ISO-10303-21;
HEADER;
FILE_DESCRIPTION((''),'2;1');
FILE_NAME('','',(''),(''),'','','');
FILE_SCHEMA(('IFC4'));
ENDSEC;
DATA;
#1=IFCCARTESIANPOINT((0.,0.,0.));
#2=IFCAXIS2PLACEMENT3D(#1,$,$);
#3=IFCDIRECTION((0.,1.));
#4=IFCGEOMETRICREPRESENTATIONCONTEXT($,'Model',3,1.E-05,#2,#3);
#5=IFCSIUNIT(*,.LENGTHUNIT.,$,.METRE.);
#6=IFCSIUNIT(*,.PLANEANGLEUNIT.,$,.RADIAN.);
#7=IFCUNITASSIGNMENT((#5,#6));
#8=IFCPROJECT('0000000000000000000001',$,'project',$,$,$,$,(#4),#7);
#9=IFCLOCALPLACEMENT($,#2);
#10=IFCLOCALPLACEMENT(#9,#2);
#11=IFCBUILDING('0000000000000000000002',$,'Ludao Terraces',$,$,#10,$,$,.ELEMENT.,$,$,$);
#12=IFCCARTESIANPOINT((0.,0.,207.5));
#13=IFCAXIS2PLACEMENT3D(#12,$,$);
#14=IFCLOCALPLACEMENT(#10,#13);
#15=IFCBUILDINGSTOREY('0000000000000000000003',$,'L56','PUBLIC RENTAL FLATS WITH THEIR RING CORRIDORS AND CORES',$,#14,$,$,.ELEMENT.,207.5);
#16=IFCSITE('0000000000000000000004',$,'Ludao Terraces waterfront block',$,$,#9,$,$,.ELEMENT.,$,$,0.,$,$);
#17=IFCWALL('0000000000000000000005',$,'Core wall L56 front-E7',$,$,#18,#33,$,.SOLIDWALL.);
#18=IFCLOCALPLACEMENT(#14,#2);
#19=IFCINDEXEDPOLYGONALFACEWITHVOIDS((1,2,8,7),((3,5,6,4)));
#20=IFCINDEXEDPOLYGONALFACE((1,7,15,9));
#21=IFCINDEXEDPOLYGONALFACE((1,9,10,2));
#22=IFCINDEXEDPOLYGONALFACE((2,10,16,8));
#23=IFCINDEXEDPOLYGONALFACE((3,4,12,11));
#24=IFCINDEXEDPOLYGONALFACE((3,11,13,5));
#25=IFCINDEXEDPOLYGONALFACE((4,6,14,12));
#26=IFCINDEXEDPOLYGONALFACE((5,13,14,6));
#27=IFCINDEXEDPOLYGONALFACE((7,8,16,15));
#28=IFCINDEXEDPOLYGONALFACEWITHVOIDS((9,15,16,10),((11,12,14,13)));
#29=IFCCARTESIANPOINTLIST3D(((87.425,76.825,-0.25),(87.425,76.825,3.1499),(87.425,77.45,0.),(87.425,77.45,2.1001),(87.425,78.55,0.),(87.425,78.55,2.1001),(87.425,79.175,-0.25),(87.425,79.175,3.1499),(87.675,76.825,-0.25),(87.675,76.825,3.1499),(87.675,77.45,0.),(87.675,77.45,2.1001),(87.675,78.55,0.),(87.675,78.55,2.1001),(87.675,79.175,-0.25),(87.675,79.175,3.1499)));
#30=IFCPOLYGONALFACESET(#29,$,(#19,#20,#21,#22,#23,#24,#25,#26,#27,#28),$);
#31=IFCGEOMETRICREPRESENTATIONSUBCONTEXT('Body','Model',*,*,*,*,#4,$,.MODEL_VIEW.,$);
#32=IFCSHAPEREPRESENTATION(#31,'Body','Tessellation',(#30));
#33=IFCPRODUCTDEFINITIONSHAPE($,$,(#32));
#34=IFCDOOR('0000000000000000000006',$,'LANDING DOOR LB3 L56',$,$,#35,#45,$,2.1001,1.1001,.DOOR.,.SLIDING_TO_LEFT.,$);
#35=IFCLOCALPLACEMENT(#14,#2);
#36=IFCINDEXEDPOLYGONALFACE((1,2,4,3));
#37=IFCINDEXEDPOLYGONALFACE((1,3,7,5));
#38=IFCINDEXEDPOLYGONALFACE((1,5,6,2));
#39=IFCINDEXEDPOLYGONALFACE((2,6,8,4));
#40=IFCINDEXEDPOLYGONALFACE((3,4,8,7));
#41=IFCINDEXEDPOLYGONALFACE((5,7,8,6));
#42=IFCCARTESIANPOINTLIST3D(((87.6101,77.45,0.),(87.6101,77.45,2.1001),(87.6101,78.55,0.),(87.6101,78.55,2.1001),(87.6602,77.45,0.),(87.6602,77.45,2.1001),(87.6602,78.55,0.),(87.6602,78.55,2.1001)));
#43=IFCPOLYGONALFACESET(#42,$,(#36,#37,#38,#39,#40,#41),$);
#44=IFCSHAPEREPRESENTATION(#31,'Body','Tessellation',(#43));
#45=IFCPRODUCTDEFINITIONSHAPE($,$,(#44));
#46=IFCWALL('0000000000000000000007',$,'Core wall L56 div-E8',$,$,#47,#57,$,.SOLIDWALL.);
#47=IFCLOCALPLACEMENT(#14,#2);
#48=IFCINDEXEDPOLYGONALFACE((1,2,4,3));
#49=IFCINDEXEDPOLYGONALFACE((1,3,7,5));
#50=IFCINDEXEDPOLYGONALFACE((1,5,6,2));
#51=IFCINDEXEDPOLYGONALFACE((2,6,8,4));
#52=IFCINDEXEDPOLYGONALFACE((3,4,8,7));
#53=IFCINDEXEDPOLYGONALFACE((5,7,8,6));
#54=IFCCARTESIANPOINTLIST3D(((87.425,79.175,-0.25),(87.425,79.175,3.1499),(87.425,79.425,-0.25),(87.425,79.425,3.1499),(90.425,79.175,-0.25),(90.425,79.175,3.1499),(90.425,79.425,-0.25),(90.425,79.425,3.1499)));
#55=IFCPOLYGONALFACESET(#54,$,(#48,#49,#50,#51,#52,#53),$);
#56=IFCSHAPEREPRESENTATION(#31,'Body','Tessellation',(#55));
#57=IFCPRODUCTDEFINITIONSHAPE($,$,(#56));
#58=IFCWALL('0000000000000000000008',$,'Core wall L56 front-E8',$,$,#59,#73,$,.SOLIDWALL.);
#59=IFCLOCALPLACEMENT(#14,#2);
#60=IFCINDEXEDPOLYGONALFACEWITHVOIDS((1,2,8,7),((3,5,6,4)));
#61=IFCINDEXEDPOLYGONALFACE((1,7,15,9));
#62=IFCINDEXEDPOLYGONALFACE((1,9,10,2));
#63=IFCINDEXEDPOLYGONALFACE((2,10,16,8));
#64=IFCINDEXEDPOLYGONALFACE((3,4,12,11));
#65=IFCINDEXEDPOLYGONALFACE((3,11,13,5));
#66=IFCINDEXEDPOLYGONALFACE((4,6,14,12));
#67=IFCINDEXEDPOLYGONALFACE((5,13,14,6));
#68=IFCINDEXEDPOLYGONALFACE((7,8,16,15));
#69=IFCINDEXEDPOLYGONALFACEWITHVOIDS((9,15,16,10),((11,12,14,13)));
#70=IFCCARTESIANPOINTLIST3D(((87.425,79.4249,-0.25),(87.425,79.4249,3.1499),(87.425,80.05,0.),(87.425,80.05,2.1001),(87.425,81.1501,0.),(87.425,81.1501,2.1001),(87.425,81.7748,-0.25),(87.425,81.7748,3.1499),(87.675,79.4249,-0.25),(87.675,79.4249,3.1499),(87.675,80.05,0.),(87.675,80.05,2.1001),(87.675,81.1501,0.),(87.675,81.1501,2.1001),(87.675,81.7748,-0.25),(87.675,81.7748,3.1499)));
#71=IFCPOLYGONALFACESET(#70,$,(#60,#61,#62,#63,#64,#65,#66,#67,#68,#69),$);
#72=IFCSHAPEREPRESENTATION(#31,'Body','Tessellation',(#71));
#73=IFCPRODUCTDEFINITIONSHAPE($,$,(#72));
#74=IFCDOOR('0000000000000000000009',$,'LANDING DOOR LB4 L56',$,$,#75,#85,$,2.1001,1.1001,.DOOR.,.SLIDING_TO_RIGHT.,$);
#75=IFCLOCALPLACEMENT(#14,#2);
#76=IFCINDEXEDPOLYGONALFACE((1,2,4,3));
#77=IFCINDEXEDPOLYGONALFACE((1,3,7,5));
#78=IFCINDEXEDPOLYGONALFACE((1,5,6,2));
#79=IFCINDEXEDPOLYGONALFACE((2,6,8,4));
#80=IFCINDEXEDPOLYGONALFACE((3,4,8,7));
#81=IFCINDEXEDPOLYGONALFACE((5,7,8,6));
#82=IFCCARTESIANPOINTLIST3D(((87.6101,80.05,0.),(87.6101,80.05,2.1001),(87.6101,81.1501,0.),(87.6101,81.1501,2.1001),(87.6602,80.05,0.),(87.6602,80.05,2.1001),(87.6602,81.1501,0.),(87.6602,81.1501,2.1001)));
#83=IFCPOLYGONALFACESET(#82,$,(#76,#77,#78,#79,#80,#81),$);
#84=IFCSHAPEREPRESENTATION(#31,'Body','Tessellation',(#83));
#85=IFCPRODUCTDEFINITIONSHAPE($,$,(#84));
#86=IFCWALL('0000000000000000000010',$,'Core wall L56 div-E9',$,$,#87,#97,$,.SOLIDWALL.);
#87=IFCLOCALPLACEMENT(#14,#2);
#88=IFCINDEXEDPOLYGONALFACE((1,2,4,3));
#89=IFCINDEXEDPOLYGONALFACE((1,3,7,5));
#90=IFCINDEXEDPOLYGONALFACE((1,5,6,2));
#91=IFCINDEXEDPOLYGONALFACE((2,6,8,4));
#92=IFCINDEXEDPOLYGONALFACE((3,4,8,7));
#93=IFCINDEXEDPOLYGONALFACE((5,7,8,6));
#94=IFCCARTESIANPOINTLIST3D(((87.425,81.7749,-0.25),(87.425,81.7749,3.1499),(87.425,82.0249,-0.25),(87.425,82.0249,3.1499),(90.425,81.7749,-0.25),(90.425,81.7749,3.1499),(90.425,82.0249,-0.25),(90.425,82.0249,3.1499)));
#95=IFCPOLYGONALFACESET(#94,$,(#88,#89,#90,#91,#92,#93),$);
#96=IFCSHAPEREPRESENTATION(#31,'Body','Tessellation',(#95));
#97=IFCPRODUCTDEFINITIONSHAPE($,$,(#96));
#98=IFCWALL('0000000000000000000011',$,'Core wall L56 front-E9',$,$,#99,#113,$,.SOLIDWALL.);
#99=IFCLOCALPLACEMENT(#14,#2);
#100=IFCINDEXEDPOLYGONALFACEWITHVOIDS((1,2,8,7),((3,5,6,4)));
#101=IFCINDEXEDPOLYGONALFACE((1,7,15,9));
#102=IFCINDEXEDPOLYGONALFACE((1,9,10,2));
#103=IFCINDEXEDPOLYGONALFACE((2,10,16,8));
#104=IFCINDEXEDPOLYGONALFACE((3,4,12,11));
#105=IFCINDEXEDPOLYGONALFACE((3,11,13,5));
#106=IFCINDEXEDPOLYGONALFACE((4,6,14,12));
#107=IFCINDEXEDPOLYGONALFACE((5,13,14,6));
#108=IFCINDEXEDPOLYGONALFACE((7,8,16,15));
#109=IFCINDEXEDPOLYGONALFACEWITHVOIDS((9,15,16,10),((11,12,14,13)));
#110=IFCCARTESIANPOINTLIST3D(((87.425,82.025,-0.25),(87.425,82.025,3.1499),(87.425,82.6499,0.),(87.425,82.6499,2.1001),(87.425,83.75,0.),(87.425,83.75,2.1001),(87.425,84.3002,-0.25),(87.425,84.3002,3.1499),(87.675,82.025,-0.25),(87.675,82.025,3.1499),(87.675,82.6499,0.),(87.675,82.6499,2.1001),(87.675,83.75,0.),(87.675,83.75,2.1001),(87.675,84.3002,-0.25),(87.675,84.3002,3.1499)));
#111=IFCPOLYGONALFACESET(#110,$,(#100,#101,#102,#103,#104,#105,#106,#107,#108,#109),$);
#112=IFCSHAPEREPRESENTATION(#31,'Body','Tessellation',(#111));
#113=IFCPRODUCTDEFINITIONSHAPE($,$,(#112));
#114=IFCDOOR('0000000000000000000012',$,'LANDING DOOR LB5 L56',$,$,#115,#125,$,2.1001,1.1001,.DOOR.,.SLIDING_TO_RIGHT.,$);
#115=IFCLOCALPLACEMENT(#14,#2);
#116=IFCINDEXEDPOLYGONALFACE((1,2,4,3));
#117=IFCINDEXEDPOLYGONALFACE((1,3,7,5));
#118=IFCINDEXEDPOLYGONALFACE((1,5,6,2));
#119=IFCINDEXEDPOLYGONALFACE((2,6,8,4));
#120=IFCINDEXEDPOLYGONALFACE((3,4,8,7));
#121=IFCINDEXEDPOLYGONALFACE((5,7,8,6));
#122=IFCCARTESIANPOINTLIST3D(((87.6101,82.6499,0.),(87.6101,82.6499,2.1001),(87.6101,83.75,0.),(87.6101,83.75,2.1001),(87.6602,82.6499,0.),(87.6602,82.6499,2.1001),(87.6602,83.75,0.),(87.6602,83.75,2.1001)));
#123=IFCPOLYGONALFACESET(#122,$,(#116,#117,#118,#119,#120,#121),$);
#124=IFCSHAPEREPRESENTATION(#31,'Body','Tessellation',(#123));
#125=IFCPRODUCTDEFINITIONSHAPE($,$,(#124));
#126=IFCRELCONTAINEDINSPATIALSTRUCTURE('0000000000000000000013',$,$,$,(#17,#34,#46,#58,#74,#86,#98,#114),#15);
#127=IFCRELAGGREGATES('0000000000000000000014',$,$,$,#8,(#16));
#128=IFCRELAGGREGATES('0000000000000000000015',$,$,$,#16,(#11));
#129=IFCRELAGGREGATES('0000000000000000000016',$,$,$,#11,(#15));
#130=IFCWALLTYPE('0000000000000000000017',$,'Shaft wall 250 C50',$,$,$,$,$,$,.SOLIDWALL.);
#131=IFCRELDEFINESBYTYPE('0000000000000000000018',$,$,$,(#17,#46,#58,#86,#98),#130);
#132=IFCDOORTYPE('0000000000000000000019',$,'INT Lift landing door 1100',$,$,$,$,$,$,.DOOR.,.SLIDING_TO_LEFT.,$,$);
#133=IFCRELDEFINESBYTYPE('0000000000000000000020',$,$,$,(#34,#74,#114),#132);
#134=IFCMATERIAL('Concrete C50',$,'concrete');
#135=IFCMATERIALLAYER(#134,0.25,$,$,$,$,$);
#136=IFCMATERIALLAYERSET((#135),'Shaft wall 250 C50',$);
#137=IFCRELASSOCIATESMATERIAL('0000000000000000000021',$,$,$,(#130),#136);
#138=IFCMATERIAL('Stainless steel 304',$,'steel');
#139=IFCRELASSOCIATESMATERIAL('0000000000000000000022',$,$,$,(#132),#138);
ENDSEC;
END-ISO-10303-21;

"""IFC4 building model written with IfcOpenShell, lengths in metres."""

from ifc_helpers import new_model, si_unit, direction, frame, frame_2d, origin, place, context, subcontext, project, spatial, rectangle, extrude, material, layer, layer_set, type_object, element, fill, save


model = new_model("IFC4")

# Units and contexts
model_context = context("Model", 3, precision=1e-05, world=origin(), true_north=direction((0.0, 1.0)))
body_context = subcontext(model_context, "Body", "Model", "MODEL_VIEW")
ifc_project = project(units=[si_unit("LENGTHUNIT", "METRE"), si_unit("PLANEANGLEUNIT", "RADIAN")], contexts=[model_context])

# Site, building, storey
site_placement = place(None, origin())
site = spatial("IfcSite", under=ifc_project, at=site_placement, Name="Ludao Terraces waterfront block", CompositionType="ELEMENT", RefElevation=0.0)
building_placement = place(site_placement, origin())
building = spatial("IfcBuilding", under=site, at=building_placement, Name="Ludao Terraces", CompositionType="ELEMENT")
storey_placement = place(building_placement, frame((0.0, 0.0, 207.5)))
storey = spatial("IfcBuildingStorey", under=building, at=storey_placement, Name="L56", Description="PUBLIC RENTAL FLATS WITH THEIR RING CORRIDORS AND CORES", CompositionType="ELEMENT", Elevation=207.5)

# Wall, opening, door
ifc_material_1 = material(Name="Concrete C50", Category="concrete")
ifc_layer_1 = layer(ifc_material_1, 0.25)
ifc_layer_set_1 = layer_set([ifc_layer_1], Name="Shaft wall 250 C50")
wall_type_1 = type_object("IfcWallType", Name="Shaft wall 250 C50", PredefinedType="SOLIDWALL", material=ifc_layer_set_1)
ifc_material_2 = material(Name="Stainless steel 304", Category="steel")
door_type_1 = type_object("IfcDoorType", Name="INT Lift landing door 1100", OperationType="SLIDING_TO_LEFT", PredefinedType="DOOR", material=ifc_material_2)
wall_1_placement = place(storey_placement, frame((87.55, 76.825, -0.25), z_axis=(0.0, 0.0, 1.0), x_axis=(0.0, 1.0, 0.0)))
wall_1 = element("IfcWall", 1, at=wall_1_placement, inside=storey, type_object=wall_type_1, Name="Core wall L56 front-E7", PredefinedType="SOLIDWALL", context=body_context, shape_type="SweptSolid", body=[
    extrude(rectangle(XDim=2.3501, YDim=0.25, at=frame_2d((1.175, 0.0))), origin(), (0.0, 0.0, 1.0), 3.3999),
])
opening_1_placement = place(wall_1_placement, frame((0.625, 0.0, 0.25)))
opening_1 = element("IfcOpeningElement", 2, at=opening_1_placement, cuts=wall_1, PredefinedType="OPENING", context=body_context, shape_type="SweptSolid", body=[
    extrude(rectangle(XDim=1.1001, YDim=2.1001, at=frame_2d((0.55, 1.05))), frame((0.0, 0.135, 0.0), z_axis=(0.0, -1.0, 0.0), x_axis=(1.0, 0.0, 0.0)), (0.0, 0.0, 1.0), 0.27),
])
door_1_placement = place(opening_1_placement, origin())
door_1 = element("IfcDoor", 3, at=door_1_placement, inside=storey, type_object=door_type_1, Name="LANDING DOOR LB3 L56", OperationType="SLIDING_TO_LEFT", OverallHeight=2.1001, OverallWidth=1.1001, PredefinedType="DOOR", context=body_context, shape_type="SweptSolid", body=[
    extrude(rectangle(XDim=1.1001, YDim=2.1001, at=frame_2d((0.55, 1.05))), frame((0.0, -0.0601, 0.0), z_axis=(0.0, -1.0, 0.0), x_axis=(1.0, 0.0, 0.0)), (0.0, 0.0, 1.0), 0.05),
])
fill(opening_1, door_1)

# Wall
wall_2_placement = place(storey_placement, frame((87.425, 79.3, -0.25), z_axis=(0.0, 0.0, 1.0), x_axis=(1.0, 0.0, 0.0)))
element("IfcWall", 4, at=wall_2_placement, inside=storey, type_object=wall_type_1, Name="Core wall L56 div-E8", PredefinedType="SOLIDWALL", context=body_context, shape_type="SweptSolid", body=[
    extrude(rectangle(XDim=3.0, YDim=0.25, at=frame_2d((1.5, 0.0))), origin(), (0.0, 0.0, 1.0), 3.3999),
])

# Wall, opening, door
wall_3_placement = place(storey_placement, frame((87.55, 79.425, -0.25), z_axis=(0.0, 0.0, 1.0), x_axis=(0.0, 1.0, 0.0)))
wall_3 = element("IfcWall", 5, at=wall_3_placement, inside=storey, type_object=wall_type_1, Name="Core wall L56 front-E8", PredefinedType="SOLIDWALL", context=body_context, shape_type="SweptSolid", body=[
    extrude(rectangle(XDim=2.3499, YDim=0.25, at=frame_2d((1.1748, 0.0))), origin(), (0.0, 0.0, 1.0), 3.3999),
])
opening_2_placement = place(wall_3_placement, frame((0.625, 0.0, 0.25)))
opening_2 = element("IfcOpeningElement", 6, at=opening_2_placement, cuts=wall_3, PredefinedType="OPENING", context=body_context, shape_type="SweptSolid", body=[
    extrude(rectangle(XDim=1.1001, YDim=2.1001, at=frame_2d((0.55, 1.05))), frame((0.0, 0.135, 0.0), z_axis=(0.0, -1.0, 0.0), x_axis=(1.0, 0.0, 0.0)), (0.0, 0.0, 1.0), 0.27),
])
door_2_placement = place(opening_2_placement, origin())
door_2 = element("IfcDoor", 7, at=door_2_placement, inside=storey, type_object=door_type_1, Name="LANDING DOOR LB4 L56", OperationType="SLIDING_TO_RIGHT", OverallHeight=2.1001, OverallWidth=1.1001, PredefinedType="DOOR", context=body_context, shape_type="SweptSolid", body=[
    extrude(rectangle(XDim=1.1001, YDim=2.1001, at=frame_2d((0.55, 1.05))), frame((0.0, -0.0601, 0.0), z_axis=(0.0, -1.0, 0.0), x_axis=(1.0, 0.0, 0.0)), (0.0, 0.0, 1.0), 0.05),
])
fill(opening_2, door_2)

# Wall
wall_4_placement = place(storey_placement, frame((87.425, 81.8999, -0.25), z_axis=(0.0, 0.0, 1.0), x_axis=(1.0, 0.0, 0.0)))
element("IfcWall", 8, at=wall_4_placement, inside=storey, type_object=wall_type_1, Name="Core wall L56 div-E9", PredefinedType="SOLIDWALL", context=body_context, shape_type="SweptSolid", body=[
    extrude(rectangle(XDim=3.0, YDim=0.25, at=frame_2d((1.5, 0.0))), origin(), (0.0, 0.0, 1.0), 3.3999),
])

# Wall, opening, door
wall_5_placement = place(storey_placement, frame((87.55, 82.0249, -0.25), z_axis=(0.0, 0.0, 1.0), x_axis=(0.0, 1.0, 0.0)))
wall_5 = element("IfcWall", 9, at=wall_5_placement, inside=storey, type_object=wall_type_1, Name="Core wall L56 front-E9", PredefinedType="SOLIDWALL", context=body_context, shape_type="SweptSolid", body=[
    extrude(rectangle(XDim=2.2751, YDim=0.25, at=frame_2d((1.1377, 0.0))), origin(), (0.0, 0.0, 1.0), 3.3999),
])
opening_3_placement = place(wall_5_placement, frame((0.625, 0.0, 0.25)))
opening_3 = element("IfcOpeningElement", 10, at=opening_3_placement, cuts=wall_5, PredefinedType="OPENING", context=body_context, shape_type="SweptSolid", body=[
    extrude(rectangle(XDim=1.1001, YDim=2.1001, at=frame_2d((0.55, 1.05))), frame((0.0, 0.135, 0.0), z_axis=(0.0, -1.0, 0.0), x_axis=(1.0, 0.0, 0.0)), (0.0, 0.0, 1.0), 0.27),
])
door_3_placement = place(opening_3_placement, origin())
door_3 = element("IfcDoor", 11, at=door_3_placement, inside=storey, type_object=door_type_1, Name="LANDING DOOR LB5 L56", OperationType="SLIDING_TO_RIGHT", OverallHeight=2.1001, OverallWidth=1.1001, PredefinedType="DOOR", context=body_context, shape_type="SweptSolid", body=[
    extrude(rectangle(XDim=1.1001, YDim=2.1001, at=frame_2d((0.55, 1.05))), frame((0.0, -0.0601, 0.0), z_axis=(0.0, -1.0, 0.0), x_axis=(1.0, 0.0, 0.0)), (0.0, 0.0, 1.0), 0.05),
])
fill(opening_3, door_3)

save(model, "model.ifc")
